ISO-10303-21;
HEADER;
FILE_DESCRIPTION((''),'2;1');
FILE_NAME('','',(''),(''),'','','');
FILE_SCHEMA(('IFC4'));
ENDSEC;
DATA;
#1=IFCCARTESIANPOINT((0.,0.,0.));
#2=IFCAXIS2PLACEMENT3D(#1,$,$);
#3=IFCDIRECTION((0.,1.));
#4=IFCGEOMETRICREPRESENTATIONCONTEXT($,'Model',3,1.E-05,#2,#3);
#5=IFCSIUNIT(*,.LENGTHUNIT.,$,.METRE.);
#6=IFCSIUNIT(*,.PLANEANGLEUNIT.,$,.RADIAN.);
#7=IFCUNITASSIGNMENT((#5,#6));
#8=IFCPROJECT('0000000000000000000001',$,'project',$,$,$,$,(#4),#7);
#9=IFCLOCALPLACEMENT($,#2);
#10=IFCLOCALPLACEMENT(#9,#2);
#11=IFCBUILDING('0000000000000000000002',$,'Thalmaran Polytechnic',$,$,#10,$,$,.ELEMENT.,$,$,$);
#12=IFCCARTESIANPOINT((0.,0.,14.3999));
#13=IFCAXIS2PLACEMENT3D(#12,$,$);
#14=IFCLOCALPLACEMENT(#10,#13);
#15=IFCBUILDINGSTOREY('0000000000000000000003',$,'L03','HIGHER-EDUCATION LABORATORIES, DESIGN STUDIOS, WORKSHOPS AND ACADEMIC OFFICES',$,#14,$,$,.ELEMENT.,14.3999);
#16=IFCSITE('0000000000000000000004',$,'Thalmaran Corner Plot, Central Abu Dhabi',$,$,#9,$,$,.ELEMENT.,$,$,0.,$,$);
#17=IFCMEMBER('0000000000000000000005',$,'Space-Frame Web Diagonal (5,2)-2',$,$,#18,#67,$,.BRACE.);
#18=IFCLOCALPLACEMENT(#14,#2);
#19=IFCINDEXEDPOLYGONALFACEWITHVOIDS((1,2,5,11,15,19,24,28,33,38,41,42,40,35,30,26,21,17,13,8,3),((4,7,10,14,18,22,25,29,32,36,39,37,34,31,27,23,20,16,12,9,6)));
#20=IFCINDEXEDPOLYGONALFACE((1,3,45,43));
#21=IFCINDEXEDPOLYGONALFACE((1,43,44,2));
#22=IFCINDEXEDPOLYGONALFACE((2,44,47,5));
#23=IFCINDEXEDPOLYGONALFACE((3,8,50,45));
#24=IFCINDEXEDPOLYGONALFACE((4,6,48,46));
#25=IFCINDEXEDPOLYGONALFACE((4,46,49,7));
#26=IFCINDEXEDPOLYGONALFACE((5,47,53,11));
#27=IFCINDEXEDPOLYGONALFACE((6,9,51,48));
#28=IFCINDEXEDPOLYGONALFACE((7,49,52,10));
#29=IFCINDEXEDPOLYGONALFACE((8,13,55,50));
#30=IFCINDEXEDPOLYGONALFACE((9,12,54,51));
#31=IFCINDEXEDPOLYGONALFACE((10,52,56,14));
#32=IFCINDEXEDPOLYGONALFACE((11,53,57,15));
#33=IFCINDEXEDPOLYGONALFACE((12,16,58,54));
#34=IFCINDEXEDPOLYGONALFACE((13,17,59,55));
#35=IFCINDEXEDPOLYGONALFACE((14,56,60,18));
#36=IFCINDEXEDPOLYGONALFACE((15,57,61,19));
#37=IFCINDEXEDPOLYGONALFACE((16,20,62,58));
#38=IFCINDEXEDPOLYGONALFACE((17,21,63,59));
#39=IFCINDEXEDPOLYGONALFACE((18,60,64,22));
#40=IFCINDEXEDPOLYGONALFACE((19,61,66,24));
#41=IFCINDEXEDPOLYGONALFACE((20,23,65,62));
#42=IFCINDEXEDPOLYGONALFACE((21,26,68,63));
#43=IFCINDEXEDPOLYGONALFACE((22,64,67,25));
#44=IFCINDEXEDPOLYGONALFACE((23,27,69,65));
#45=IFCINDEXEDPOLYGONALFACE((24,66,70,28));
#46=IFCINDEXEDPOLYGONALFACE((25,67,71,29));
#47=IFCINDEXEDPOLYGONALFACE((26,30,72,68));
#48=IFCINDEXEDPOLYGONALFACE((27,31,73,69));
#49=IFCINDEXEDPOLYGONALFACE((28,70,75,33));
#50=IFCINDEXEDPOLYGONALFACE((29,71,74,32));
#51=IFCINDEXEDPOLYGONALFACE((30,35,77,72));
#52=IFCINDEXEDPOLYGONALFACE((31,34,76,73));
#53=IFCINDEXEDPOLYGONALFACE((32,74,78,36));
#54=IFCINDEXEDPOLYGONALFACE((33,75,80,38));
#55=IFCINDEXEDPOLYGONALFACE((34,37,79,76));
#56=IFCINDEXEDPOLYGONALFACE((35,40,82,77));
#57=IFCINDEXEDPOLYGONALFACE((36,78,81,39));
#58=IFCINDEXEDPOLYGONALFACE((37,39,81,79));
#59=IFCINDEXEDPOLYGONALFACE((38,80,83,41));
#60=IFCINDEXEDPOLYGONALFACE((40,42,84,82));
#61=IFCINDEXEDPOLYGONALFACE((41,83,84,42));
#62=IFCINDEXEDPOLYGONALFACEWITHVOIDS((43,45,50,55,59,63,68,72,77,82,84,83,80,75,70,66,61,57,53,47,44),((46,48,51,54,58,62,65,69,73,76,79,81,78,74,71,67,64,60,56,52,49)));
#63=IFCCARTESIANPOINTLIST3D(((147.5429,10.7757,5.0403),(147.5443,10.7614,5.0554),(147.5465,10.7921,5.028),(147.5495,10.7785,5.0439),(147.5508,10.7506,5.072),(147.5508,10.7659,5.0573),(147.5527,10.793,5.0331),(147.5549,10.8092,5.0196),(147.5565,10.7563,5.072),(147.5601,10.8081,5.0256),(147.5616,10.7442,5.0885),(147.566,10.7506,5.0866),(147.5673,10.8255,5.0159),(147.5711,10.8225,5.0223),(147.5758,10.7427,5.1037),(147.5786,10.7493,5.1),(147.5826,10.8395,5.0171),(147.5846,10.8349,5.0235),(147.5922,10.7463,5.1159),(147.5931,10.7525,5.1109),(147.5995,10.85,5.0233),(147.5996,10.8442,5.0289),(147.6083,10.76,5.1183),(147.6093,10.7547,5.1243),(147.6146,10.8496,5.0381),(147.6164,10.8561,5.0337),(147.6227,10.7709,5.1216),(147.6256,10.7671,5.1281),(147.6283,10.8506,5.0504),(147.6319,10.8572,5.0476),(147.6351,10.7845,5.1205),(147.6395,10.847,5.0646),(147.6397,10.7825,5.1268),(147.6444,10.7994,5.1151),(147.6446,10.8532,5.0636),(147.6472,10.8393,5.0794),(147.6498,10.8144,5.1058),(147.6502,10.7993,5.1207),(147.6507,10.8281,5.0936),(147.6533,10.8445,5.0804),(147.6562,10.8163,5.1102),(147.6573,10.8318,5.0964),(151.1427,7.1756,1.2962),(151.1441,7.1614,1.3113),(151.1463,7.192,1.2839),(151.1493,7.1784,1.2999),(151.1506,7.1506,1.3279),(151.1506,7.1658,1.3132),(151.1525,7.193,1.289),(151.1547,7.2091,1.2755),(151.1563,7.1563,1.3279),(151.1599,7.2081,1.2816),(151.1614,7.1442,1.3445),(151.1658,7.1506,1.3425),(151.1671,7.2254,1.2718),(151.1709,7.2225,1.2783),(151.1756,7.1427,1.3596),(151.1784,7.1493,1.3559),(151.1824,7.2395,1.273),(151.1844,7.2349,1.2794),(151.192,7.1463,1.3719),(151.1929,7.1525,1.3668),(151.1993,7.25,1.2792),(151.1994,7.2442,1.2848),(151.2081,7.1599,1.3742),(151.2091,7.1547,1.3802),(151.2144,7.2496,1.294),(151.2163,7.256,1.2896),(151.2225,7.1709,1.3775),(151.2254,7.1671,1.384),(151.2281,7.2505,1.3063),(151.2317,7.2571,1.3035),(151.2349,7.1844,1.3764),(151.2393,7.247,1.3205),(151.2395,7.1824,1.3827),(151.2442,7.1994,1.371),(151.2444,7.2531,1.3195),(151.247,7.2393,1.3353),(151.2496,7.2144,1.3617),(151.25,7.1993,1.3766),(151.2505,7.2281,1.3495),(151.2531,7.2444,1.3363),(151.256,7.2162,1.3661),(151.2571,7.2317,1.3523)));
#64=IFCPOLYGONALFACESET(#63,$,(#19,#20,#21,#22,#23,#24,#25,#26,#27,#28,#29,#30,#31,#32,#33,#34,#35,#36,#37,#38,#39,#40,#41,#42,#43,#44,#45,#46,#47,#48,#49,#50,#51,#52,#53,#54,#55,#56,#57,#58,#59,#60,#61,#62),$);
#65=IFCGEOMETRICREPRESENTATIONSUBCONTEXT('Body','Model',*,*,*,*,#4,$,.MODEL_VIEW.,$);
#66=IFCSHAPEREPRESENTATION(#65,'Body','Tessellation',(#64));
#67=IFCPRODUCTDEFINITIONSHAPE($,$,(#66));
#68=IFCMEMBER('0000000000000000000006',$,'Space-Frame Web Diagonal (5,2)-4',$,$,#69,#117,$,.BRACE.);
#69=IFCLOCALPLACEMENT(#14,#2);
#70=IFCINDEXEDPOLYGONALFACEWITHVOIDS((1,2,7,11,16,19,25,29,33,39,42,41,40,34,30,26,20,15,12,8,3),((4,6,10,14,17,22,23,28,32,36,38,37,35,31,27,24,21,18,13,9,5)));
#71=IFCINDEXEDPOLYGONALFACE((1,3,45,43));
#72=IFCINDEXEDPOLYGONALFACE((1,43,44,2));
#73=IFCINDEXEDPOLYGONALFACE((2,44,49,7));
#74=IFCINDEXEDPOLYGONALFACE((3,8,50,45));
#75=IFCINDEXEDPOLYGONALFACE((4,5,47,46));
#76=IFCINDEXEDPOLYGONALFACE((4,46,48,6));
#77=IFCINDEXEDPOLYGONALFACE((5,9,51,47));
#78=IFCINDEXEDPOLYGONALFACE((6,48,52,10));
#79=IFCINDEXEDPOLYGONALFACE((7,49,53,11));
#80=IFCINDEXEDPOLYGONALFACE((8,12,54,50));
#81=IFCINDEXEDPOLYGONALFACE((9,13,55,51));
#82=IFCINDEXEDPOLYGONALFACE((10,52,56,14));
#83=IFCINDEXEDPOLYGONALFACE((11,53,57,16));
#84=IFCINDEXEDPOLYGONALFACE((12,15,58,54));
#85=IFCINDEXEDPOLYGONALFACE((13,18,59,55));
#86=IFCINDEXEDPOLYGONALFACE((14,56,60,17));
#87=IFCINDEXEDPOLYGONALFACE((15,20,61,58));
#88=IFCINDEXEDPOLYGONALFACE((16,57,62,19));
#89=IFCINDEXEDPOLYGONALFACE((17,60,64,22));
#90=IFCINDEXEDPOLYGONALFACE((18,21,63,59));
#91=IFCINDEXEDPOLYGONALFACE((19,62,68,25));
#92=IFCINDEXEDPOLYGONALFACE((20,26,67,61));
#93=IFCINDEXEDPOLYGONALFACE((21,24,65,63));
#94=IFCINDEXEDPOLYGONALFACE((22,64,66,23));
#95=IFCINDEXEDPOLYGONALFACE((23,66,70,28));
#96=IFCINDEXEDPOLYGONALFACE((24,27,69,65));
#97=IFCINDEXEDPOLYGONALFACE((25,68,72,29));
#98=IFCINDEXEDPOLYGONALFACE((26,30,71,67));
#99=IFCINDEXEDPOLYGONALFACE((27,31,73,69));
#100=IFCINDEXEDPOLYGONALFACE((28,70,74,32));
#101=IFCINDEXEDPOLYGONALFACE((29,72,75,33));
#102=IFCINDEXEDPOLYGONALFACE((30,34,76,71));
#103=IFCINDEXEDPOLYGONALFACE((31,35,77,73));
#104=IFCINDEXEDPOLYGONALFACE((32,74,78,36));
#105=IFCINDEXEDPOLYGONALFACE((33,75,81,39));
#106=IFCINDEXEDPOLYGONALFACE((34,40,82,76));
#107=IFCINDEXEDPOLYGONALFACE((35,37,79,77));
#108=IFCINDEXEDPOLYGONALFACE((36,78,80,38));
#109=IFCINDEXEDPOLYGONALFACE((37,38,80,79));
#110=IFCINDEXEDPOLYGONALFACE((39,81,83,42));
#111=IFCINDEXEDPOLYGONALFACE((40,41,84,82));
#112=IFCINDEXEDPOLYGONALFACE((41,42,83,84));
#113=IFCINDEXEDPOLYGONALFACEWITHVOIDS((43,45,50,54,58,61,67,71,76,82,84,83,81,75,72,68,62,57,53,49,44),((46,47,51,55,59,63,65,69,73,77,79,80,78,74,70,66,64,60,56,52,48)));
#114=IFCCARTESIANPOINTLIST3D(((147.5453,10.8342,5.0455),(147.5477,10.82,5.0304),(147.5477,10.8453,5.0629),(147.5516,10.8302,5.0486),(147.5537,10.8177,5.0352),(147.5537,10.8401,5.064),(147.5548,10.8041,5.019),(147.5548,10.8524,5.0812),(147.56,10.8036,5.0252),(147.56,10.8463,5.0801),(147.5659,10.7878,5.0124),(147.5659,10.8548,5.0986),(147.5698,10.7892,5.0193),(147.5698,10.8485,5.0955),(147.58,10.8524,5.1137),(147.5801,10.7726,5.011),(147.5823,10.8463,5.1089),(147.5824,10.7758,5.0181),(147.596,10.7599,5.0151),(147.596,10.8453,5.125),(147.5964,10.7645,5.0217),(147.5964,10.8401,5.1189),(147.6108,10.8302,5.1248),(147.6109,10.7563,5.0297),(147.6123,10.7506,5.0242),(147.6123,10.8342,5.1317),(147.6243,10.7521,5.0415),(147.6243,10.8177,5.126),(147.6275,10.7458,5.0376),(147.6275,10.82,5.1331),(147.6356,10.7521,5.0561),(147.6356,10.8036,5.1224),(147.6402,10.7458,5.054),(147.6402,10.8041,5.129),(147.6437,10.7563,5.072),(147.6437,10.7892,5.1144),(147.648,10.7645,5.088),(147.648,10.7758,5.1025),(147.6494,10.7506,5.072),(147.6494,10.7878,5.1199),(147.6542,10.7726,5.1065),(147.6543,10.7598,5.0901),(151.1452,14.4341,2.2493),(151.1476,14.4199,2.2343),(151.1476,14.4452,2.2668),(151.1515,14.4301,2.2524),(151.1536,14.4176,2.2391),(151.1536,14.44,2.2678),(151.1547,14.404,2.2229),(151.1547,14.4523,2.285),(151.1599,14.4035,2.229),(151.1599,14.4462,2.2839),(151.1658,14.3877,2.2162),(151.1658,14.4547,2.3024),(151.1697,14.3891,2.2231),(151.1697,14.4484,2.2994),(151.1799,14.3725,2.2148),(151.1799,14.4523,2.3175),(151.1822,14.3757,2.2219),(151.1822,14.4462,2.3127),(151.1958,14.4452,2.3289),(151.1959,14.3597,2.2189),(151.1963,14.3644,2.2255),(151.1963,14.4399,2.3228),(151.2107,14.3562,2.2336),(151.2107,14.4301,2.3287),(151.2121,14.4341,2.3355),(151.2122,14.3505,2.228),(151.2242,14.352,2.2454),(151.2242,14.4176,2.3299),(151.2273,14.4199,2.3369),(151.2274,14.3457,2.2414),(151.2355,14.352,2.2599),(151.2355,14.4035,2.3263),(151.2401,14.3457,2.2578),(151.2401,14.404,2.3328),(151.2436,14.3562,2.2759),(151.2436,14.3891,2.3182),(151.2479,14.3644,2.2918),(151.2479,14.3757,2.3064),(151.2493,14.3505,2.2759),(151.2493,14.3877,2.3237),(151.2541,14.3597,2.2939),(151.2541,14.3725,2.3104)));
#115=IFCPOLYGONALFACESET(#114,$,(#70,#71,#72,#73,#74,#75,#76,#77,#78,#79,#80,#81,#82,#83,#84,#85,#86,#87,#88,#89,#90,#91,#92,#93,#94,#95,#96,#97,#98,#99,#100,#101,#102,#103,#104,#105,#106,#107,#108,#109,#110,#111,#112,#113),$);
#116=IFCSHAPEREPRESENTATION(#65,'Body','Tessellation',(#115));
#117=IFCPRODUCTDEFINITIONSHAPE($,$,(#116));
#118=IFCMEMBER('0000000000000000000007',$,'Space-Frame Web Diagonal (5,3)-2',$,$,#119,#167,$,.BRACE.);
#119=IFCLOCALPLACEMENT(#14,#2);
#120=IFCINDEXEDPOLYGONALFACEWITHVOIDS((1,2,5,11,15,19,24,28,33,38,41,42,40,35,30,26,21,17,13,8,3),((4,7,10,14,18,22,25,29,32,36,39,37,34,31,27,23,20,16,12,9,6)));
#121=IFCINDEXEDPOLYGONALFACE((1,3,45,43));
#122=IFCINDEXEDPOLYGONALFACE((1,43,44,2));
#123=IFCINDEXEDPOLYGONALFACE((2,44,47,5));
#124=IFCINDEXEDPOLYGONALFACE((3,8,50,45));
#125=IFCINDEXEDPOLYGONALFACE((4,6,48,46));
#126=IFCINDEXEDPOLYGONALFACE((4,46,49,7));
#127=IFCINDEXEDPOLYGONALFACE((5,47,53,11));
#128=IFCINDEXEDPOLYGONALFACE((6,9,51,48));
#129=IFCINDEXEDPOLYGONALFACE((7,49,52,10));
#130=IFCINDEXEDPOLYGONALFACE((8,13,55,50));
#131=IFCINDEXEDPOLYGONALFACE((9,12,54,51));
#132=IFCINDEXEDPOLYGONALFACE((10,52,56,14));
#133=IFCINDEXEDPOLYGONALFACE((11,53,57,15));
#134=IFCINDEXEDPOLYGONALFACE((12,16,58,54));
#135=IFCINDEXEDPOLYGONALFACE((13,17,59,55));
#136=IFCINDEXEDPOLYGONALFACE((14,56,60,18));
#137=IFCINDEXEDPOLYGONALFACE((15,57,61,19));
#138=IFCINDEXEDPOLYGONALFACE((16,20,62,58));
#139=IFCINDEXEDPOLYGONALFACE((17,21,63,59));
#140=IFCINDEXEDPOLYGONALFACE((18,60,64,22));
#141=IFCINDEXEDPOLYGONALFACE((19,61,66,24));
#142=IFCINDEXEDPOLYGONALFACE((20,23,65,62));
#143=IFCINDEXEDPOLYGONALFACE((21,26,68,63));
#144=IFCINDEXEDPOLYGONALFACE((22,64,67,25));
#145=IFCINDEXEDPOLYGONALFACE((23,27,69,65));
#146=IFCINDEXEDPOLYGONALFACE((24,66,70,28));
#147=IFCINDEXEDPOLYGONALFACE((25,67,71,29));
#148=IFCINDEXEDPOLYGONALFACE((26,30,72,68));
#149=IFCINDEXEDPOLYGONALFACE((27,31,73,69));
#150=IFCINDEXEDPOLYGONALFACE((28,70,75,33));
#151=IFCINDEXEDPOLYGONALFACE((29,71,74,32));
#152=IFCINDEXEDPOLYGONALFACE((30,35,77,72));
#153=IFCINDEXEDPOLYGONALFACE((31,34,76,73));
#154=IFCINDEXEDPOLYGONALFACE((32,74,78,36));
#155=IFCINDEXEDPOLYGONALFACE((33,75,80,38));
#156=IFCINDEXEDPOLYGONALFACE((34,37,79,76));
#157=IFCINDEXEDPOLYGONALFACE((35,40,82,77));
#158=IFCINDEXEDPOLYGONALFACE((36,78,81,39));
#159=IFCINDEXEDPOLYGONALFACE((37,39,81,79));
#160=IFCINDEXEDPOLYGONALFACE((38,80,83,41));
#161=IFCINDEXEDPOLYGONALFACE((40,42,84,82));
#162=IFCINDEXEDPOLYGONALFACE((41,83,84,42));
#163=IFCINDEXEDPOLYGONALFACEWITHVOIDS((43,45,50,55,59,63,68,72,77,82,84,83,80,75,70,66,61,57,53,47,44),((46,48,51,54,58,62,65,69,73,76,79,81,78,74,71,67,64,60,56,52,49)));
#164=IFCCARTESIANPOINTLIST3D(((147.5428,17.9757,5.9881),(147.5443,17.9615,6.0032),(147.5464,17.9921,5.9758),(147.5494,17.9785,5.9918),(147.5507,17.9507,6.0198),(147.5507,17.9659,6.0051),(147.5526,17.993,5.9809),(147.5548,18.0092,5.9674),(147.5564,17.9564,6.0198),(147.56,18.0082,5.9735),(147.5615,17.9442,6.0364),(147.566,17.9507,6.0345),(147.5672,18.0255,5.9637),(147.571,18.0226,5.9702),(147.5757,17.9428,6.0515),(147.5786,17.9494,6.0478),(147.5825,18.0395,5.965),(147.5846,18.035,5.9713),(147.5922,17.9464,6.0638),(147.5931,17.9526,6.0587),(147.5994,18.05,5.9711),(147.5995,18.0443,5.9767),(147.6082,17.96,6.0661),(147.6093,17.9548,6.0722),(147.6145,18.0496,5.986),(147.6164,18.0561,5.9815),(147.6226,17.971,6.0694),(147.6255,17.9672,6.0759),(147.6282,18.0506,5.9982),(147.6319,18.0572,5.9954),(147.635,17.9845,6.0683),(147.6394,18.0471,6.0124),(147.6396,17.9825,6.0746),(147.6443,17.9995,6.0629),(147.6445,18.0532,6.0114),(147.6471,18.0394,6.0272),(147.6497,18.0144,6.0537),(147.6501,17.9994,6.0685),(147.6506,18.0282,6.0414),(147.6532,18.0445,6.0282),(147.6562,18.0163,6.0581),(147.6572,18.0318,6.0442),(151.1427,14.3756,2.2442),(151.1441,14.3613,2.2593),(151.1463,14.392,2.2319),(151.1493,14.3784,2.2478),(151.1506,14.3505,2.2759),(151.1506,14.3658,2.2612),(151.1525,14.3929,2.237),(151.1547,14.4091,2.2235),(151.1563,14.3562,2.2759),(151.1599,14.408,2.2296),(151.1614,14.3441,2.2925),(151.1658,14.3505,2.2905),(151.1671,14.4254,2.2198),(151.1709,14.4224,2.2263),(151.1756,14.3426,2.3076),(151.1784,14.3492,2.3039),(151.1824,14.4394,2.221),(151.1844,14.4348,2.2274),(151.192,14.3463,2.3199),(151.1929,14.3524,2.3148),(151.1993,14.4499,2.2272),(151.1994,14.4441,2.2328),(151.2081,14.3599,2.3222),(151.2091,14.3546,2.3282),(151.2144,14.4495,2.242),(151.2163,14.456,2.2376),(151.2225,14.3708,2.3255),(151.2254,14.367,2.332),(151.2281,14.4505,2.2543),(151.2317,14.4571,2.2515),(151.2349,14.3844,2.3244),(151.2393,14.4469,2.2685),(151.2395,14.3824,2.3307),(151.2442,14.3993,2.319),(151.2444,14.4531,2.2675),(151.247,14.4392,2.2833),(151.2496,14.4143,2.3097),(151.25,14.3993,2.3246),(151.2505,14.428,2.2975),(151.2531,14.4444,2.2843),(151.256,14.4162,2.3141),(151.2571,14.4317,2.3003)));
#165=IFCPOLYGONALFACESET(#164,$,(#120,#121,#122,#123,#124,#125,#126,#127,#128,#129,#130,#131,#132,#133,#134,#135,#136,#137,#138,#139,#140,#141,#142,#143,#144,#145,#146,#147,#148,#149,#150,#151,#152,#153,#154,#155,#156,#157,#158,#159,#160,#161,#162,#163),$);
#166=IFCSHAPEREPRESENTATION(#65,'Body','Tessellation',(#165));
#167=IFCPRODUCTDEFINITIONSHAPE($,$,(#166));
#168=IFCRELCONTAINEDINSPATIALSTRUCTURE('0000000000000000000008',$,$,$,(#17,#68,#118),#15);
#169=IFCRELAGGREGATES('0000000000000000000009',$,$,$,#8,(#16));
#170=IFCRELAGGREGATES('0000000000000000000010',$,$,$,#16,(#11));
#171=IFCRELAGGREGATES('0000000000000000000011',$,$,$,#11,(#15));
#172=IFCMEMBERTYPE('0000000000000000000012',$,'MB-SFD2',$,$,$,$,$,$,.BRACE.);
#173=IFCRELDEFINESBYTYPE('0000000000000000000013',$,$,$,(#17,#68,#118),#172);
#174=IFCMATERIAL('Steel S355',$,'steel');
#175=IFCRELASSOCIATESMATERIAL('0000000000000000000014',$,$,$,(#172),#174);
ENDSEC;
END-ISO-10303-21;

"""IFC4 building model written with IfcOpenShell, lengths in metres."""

from ifc_helpers import new_model, si_unit, direction, frame, origin, origin_2d, place, context, subcontext, project, spatial, hollow_circle, extrude, material, material_profile, profile_set, type_object, element, save


model = new_model("IFC4")

# Units and contexts
model_context = context("Model", 3, precision=1e-05, world=origin(), true_north=direction((0.0, 1.0)))
body_context = subcontext(model_context, "Body", "Model", "MODEL_VIEW")
ifc_project = project(units=[si_unit("LENGTHUNIT", "METRE"), si_unit("PLANEANGLEUNIT", "RADIAN")], contexts=[model_context])

# Site, building, storey
site_placement = place(None, origin())
site = spatial("IfcSite", under=ifc_project, at=site_placement, Name="Thalmaran Corner Plot, Central Abu Dhabi", CompositionType="ELEMENT", RefElevation=0.0)
building_placement = place(site_placement, origin())
building = spatial("IfcBuilding", under=site, at=building_placement, Name="Thalmaran Polytechnic", CompositionType="ELEMENT")
storey_placement = place(building_placement, frame((0.0, 0.0, 14.3999)))
storey = spatial("IfcBuildingStorey", under=building, at=storey_placement, Name="L03", Description="HIGHER-EDUCATION LABORATORIES, DESIGN STUDIOS, WORKSHOPS AND ACADEMIC OFFICES", CompositionType="ELEMENT", Elevation=14.3999)

# Members
ifc_material = material(Name="Steel S355", Category="steel")
ifc_material_profile_1 = material_profile(ifc_material, hollow_circle(Radius=0.0698, WallThickness=0.0081, at=origin_2d()), Name="CHS 139.7x8.0")
ifc_profile_set_1 = profile_set([ifc_material_profile_1], Name="Steel S355")
member_type_1 = type_object("IfcMemberType", Name="MB-SFD2", PredefinedType="BRACE", material=ifc_profile_set_1)
member_1_placement = place(storey_placement, frame((151.2, 7.2, 1.3279), z_axis=(-0.569627, 0.569665, 0.592458), x_axis=(-0.707131, -0.707083, 0.0)))
element("IfcMember", 1, at=member_1_placement, inside=storey, type_object=member_type_1, Name="Space-Frame Web Diagonal (5,2)-2", PredefinedType="BRACE", context=body_context, shape_type="SweptSolid", body=[
    extrude(hollow_circle(Radius=0.0698, WallThickness=0.0081, at=origin_2d()), origin(), (0.0, 0.0, 1.0), 6.3196),
])
member_2_placement = place(storey_placement, frame((151.2, 14.3999, 2.2759), z_axis=(-0.619778, -0.619778, 0.481405), x_axis=(0.707107, -0.707107, 0.0)))
element("IfcMember", 2, at=member_2_placement, inside=storey, type_object=member_type_1, Name="Space-Frame Web Diagonal (5,2)-4", PredefinedType="BRACE", context=body_context, shape_type="SweptSolid", body=[
    extrude(hollow_circle(Radius=0.0698, WallThickness=0.0081, at=origin_2d()), origin(), (0.0, 0.0, 1.0), 5.8083),
])
member_3_placement = place(storey_placement, frame((151.2, 14.3999, 2.2759), z_axis=(-0.56964, 0.569678, 0.592433), x_axis=(-0.707131, -0.707083, 0.0)))
element("IfcMember", 3, at=member_3_placement, inside=storey, type_object=member_type_1, Name="Space-Frame Web Diagonal (5,3)-2", PredefinedType="BRACE", context=body_context, shape_type="SweptSolid", body=[
    extrude(hollow_circle(Radius=0.0698, WallThickness=0.0081, at=origin_2d()), origin(), (0.0, 0.0, 1.0), 6.3196),
])

save(model, "model.ifc")
